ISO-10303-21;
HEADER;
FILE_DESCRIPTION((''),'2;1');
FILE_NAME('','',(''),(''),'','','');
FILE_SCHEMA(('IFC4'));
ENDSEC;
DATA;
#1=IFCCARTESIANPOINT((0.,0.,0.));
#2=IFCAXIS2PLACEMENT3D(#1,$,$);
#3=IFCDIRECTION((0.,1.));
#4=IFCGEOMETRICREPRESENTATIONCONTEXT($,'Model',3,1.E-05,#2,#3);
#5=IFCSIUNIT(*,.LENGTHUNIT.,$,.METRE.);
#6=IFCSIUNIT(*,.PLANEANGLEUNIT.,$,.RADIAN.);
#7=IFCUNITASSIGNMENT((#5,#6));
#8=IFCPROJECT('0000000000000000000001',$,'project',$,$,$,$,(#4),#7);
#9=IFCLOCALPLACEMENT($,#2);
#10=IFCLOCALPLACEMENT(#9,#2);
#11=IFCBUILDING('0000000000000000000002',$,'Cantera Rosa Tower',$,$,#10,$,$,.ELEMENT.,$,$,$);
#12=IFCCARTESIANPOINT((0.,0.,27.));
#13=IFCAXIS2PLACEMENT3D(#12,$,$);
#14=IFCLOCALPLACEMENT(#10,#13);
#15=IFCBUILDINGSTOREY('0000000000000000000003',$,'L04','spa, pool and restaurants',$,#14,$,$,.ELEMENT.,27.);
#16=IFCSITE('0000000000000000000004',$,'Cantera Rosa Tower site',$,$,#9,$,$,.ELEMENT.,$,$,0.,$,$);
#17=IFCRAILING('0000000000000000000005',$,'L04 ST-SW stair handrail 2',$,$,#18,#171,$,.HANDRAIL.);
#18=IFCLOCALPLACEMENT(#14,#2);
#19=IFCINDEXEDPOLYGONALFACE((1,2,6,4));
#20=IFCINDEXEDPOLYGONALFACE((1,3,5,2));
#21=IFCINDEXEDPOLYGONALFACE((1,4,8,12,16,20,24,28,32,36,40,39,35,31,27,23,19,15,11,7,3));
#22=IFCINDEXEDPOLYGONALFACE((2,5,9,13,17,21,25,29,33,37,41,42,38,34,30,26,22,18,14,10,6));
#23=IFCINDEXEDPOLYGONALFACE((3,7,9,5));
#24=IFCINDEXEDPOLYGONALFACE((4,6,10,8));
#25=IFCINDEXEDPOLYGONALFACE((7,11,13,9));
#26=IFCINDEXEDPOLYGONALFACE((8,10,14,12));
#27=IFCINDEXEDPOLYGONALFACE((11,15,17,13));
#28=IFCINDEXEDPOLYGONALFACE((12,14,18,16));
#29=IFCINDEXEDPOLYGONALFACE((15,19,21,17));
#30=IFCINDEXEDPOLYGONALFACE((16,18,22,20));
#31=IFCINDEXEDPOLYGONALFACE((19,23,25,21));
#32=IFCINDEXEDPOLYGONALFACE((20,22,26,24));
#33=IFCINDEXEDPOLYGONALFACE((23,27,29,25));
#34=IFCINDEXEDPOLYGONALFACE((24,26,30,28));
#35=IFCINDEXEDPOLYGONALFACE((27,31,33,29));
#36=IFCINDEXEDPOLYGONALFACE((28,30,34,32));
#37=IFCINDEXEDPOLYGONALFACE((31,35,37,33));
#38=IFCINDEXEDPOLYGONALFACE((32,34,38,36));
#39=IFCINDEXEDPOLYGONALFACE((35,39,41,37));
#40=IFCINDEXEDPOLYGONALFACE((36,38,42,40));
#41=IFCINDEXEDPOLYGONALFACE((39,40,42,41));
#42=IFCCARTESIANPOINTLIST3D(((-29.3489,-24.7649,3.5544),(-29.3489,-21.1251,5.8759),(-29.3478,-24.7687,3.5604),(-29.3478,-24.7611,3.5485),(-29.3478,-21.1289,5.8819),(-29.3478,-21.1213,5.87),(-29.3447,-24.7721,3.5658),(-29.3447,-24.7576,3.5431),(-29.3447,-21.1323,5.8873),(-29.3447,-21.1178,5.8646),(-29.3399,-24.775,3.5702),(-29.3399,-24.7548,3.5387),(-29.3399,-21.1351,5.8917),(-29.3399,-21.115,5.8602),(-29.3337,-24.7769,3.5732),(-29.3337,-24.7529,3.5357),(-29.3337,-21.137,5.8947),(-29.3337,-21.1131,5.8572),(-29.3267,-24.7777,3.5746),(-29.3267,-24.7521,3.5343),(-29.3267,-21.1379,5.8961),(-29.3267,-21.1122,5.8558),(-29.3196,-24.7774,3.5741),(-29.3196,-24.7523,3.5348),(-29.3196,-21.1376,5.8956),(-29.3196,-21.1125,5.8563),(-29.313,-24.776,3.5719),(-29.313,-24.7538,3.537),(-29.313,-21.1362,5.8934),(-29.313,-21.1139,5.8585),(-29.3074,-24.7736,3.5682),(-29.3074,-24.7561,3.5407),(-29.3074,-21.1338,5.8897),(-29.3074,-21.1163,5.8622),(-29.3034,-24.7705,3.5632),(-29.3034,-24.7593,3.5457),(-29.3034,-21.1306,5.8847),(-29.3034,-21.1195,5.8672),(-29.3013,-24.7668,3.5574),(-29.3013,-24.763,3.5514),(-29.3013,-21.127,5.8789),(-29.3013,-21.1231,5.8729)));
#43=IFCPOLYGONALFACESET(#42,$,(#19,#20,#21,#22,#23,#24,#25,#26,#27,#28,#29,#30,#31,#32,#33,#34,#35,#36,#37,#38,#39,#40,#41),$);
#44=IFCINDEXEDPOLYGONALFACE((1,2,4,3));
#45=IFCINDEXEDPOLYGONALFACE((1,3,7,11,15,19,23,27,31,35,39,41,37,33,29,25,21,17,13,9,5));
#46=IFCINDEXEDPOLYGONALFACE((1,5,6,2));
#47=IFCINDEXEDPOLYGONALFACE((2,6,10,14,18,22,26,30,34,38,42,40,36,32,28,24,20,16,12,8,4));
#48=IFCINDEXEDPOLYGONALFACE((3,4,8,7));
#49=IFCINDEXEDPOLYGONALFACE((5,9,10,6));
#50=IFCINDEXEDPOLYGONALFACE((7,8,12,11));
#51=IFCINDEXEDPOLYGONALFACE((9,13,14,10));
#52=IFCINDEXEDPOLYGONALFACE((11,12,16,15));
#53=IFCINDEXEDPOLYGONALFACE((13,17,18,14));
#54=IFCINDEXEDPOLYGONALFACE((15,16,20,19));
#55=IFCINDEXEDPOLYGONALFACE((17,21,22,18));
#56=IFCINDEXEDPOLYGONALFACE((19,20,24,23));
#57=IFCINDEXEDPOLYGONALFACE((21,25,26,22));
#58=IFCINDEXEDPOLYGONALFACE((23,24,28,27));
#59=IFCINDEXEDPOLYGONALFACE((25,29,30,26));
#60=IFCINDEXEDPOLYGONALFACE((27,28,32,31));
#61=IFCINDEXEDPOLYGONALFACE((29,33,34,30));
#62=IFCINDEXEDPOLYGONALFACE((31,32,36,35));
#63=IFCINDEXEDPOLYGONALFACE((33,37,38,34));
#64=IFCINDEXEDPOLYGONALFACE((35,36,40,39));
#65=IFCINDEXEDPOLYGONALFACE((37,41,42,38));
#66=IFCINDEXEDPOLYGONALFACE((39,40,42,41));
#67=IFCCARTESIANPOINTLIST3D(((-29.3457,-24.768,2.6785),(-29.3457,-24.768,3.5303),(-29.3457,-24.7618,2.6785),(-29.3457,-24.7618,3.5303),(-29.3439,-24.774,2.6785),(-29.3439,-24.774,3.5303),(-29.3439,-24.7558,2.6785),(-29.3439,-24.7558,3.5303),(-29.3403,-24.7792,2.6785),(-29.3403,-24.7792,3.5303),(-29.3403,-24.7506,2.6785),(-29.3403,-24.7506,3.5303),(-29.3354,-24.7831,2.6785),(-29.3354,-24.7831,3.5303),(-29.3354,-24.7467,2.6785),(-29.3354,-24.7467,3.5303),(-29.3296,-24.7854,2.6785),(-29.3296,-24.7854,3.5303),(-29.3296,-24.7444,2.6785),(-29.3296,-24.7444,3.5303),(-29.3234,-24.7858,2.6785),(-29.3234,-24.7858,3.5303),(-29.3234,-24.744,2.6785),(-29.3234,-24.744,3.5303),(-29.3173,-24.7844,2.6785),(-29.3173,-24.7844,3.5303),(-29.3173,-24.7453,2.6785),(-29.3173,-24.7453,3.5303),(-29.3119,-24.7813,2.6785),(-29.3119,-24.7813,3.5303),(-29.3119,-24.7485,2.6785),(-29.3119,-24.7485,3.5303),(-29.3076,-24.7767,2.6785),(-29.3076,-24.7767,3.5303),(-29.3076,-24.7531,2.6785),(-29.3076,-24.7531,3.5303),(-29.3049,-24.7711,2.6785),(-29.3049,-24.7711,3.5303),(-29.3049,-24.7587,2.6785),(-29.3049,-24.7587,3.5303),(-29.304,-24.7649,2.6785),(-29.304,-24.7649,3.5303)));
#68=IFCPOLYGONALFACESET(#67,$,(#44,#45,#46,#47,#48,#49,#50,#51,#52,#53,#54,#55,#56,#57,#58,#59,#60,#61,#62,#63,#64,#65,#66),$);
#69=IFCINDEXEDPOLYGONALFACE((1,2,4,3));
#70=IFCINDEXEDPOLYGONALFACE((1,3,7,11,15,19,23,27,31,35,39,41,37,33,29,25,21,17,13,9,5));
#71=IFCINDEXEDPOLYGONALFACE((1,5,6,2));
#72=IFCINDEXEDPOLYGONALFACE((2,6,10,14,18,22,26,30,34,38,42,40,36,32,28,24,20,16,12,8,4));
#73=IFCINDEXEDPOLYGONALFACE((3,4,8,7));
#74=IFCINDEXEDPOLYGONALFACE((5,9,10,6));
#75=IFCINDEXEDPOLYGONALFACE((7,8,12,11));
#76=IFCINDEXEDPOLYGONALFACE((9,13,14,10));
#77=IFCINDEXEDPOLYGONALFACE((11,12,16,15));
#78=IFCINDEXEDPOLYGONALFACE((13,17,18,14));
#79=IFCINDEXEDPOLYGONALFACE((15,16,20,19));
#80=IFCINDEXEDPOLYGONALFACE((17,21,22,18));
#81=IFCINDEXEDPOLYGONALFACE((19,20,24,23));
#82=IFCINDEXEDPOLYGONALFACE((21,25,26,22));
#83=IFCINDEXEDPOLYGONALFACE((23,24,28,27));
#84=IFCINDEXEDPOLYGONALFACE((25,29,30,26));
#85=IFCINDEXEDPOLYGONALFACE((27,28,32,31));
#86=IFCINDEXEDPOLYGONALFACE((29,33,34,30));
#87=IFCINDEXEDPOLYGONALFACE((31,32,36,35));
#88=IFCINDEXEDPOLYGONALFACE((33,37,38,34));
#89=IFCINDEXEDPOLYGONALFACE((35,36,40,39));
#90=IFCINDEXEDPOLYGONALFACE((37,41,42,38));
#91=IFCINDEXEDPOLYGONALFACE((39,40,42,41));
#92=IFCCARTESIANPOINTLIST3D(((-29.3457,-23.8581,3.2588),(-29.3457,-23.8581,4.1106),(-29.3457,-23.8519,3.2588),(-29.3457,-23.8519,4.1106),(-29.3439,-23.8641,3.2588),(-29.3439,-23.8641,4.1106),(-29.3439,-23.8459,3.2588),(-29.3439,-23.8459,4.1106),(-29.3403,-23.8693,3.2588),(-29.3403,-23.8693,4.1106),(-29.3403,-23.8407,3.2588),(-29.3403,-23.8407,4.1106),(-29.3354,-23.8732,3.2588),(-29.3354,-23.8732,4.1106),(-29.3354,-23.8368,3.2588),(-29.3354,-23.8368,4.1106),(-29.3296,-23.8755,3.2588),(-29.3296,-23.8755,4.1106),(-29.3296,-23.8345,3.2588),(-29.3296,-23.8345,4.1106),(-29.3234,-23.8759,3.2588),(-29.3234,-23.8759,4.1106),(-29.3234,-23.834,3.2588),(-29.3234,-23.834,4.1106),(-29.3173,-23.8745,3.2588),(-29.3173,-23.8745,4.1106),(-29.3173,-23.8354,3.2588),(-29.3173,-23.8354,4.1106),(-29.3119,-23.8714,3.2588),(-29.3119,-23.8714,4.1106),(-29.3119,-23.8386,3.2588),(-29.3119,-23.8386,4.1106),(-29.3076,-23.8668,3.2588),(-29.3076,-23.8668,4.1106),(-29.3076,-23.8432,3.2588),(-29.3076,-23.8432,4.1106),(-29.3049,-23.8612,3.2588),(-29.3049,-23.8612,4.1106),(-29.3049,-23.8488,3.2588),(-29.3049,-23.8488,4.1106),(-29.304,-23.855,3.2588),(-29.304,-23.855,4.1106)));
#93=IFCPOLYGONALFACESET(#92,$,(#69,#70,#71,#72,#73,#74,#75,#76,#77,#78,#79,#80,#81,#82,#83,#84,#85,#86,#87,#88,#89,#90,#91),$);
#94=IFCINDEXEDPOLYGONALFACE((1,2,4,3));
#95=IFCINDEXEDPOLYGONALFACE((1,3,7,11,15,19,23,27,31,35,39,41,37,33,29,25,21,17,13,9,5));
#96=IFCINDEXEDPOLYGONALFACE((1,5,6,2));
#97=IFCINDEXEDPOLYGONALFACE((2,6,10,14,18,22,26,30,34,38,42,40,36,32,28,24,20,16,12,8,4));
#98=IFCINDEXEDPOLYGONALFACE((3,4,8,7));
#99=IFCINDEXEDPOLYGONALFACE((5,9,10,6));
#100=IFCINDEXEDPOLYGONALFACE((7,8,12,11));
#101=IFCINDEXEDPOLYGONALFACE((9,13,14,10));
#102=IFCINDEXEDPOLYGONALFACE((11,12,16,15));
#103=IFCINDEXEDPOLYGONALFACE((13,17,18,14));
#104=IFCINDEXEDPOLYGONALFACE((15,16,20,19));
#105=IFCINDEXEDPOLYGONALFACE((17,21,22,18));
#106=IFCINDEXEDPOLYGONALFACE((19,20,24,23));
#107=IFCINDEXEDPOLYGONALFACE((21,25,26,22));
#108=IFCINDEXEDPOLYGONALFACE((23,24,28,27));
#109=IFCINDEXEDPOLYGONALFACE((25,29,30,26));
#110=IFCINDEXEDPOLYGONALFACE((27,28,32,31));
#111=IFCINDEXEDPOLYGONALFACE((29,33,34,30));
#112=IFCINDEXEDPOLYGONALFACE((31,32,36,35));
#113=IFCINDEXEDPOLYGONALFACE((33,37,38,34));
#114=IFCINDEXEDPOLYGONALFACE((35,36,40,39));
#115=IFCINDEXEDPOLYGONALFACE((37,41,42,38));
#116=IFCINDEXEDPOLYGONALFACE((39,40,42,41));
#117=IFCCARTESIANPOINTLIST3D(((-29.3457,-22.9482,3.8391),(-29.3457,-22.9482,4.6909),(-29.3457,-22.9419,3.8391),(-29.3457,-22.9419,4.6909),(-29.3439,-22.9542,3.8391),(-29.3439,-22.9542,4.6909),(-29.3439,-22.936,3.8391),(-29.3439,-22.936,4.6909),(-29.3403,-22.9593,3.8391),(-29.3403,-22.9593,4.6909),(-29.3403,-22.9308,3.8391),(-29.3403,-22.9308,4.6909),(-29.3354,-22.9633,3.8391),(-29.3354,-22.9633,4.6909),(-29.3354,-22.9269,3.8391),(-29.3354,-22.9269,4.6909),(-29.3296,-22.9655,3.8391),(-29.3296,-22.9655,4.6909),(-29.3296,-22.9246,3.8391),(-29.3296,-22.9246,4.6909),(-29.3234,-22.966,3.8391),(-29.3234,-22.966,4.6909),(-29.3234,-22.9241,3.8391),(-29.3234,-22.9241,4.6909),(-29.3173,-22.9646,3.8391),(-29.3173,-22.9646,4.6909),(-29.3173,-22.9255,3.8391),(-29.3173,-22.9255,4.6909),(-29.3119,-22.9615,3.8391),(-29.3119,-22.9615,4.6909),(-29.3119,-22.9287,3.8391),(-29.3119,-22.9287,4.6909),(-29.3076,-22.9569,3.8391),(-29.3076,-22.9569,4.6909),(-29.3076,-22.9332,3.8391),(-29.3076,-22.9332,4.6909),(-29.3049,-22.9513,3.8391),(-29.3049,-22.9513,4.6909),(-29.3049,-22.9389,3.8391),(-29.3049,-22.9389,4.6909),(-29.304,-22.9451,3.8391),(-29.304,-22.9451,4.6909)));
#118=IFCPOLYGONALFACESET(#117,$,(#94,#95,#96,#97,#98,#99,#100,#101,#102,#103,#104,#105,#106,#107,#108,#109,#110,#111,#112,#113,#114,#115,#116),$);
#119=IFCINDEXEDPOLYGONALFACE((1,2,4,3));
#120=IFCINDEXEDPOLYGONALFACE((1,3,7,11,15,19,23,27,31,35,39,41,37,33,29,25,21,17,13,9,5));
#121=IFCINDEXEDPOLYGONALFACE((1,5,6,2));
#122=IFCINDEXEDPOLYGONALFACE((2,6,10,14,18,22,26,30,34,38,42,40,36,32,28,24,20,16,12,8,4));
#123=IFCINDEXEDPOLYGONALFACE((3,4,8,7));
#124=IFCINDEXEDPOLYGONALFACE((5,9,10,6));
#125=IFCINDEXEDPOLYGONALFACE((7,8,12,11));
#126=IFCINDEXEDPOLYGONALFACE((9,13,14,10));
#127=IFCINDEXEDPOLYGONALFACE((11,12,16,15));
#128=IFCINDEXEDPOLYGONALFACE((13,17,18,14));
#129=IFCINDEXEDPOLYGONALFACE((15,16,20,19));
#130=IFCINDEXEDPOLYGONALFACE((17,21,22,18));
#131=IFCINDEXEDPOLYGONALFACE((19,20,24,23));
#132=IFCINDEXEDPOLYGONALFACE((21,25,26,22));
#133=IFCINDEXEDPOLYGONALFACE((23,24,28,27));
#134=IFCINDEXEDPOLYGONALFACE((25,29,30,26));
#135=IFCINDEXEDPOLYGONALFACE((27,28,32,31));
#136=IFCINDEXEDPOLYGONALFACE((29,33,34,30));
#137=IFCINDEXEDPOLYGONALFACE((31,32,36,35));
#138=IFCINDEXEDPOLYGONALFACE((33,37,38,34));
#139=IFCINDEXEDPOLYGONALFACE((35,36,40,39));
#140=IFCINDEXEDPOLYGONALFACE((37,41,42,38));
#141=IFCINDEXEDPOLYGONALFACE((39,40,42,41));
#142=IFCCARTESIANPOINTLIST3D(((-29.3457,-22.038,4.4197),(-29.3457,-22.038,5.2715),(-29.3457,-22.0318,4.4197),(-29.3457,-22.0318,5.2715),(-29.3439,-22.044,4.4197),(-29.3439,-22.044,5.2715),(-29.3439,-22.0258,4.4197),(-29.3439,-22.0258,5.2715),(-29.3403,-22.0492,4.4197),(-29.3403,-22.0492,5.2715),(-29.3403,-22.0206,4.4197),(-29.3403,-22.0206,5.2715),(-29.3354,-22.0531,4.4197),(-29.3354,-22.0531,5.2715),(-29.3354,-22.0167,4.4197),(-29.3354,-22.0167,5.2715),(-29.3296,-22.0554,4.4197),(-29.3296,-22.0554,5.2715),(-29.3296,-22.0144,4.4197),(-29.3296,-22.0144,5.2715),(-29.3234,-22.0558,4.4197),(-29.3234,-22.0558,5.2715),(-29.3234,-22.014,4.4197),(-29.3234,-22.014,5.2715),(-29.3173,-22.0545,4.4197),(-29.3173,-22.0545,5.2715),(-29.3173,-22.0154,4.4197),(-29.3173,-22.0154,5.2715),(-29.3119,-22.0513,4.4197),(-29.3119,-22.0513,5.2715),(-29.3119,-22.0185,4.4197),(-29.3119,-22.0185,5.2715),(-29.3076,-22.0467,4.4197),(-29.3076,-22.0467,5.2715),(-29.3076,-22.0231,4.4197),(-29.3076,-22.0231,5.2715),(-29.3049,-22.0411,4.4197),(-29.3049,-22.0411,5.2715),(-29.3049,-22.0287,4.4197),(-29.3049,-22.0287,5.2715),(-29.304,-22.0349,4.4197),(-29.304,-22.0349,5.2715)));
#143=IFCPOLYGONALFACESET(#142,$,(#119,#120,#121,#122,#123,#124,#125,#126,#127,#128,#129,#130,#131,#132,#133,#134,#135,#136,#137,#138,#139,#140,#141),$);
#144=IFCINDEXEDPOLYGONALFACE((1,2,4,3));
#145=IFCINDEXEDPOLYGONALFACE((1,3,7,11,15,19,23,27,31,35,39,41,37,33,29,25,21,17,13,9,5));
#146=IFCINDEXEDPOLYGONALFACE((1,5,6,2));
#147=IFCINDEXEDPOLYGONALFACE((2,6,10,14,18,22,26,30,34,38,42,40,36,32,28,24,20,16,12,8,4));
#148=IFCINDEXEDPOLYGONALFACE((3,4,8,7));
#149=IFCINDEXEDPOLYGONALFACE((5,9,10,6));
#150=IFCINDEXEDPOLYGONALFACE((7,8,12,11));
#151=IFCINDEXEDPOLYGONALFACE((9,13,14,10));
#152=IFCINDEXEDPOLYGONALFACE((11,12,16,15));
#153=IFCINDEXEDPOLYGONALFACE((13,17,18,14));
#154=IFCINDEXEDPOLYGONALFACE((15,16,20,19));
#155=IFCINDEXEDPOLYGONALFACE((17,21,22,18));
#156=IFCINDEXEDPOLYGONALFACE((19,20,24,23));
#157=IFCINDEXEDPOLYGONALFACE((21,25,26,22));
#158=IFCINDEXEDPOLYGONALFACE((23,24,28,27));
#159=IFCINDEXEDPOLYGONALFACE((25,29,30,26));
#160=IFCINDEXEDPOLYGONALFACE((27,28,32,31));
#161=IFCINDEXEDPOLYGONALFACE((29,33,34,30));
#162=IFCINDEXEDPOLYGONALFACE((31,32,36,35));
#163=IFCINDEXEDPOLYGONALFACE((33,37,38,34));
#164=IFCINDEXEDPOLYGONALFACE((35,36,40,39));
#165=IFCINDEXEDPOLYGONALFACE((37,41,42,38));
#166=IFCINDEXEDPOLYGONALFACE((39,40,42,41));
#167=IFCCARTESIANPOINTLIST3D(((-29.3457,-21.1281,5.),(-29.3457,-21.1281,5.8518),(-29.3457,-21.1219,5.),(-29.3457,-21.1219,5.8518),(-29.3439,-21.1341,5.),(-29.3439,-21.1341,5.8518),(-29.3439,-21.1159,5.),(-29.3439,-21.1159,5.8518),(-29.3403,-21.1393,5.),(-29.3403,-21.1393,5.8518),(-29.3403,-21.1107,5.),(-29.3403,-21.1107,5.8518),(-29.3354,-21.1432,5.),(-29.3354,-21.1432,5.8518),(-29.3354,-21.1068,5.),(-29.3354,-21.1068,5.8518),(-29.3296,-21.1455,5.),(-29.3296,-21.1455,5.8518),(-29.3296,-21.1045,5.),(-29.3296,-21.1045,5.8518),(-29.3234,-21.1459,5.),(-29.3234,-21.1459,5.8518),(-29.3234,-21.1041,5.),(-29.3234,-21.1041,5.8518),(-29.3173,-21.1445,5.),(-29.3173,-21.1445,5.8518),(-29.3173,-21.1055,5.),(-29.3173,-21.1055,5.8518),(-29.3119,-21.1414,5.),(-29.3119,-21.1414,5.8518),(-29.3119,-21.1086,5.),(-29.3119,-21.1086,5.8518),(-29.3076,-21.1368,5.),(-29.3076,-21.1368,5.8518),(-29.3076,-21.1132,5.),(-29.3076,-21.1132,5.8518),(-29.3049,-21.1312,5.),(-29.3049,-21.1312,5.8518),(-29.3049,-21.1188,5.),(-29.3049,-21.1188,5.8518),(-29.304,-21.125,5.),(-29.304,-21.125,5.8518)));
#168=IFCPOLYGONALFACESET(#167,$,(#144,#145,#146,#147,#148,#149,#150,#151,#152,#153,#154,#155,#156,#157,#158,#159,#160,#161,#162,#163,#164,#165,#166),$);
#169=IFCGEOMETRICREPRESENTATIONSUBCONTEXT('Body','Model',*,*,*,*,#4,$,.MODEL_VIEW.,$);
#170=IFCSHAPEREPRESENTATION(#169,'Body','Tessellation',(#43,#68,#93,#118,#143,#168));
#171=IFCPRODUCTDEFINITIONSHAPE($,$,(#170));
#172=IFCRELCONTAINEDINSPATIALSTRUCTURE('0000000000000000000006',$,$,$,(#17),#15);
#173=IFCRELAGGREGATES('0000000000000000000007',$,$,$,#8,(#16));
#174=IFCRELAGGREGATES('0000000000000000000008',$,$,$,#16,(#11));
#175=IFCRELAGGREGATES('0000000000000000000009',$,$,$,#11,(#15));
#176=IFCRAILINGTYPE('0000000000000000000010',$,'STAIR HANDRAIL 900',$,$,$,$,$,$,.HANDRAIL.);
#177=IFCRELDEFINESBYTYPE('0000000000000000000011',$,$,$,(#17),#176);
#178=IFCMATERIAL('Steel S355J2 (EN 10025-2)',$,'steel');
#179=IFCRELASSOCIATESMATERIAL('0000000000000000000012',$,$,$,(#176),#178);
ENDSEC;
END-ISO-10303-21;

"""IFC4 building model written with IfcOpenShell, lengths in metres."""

from ifc_helpers import new_model, si_unit, direction, frame, origin, origin_2d, place, context, subcontext, project, spatial, circle, extrude, material, type_object, element, save


model = new_model("IFC4")

# Units and contexts
model_context = context("Model", 3, precision=1e-05, world=origin(), true_north=direction((0.0, 1.0)))
body_context = subcontext(model_context, "Body", "Model", "MODEL_VIEW")
ifc_project = project(units=[si_unit("LENGTHUNIT", "METRE"), si_unit("PLANEANGLEUNIT", "RADIAN")], contexts=[model_context])

# Site, building, storey
site_placement = place(None, origin())
site = spatial("IfcSite", under=ifc_project, at=site_placement, Name="Cantera Rosa Tower site", CompositionType="ELEMENT", RefElevation=0.0)
building_placement = place(site_placement, origin())
building = spatial("IfcBuilding", under=site, at=building_placement, Name="Cantera Rosa Tower", CompositionType="ELEMENT")
storey_placement = place(building_placement, frame((0.0, 0.0, 27.0)))
storey = spatial("IfcBuildingStorey", under=building, at=storey_placement, Name="L04", Description="spa, pool and restaurants", CompositionType="ELEMENT", Elevation=27.0)

# Railing
ifc_material_1 = material(Name="Steel S355J2 (EN 10025-2)", Category="steel")
railing_type_1 = type_object("IfcRailingType", Name="STAIR HANDRAIL 900", PredefinedType="HANDRAIL", material=ifc_material_1)
railing_1_placement = place(storey_placement, frame((-29.325, -24.7649, 2.6785)))
element("IfcRailing", 1, at=railing_1_placement, inside=storey, type_object=railing_type_1, Name="L04 ST-SW stair handrail 2", PredefinedType="HANDRAIL", context=body_context, shape_type="SweptSolid", body=[
    extrude(circle(Radius=0.0239, at=origin_2d()), frame((0.0, 0.0, 0.876), z_axis=(0.0, 0.843112, 0.537739), x_axis=(-1.0, 0.0, 0.0)), (0.0, 0.0, 1.0), 4.3171),
    extrude(circle(Radius=0.021, at=origin_2d()), origin(), (0.0, 0.0, 1.0), 0.8518),
    extrude(circle(Radius=0.021, at=origin_2d()), frame((0.0, 0.9099, 0.5803)), (0.0, 0.0, 1.0), 0.8518),
    extrude(circle(Radius=0.021, at=origin_2d()), frame((0.0, 1.8198, 1.1606)), (0.0, 0.0, 1.0), 0.8518),
    extrude(circle(Radius=0.021, at=origin_2d()), frame((0.0, 2.73, 1.7412)), (0.0, 0.0, 1.0), 0.8518),
    extrude(circle(Radius=0.021, at=origin_2d()), frame((0.0, 3.6399, 2.3215)), (0.0, 0.0, 1.0), 0.8518),
])

save(model, "model.ifc")
